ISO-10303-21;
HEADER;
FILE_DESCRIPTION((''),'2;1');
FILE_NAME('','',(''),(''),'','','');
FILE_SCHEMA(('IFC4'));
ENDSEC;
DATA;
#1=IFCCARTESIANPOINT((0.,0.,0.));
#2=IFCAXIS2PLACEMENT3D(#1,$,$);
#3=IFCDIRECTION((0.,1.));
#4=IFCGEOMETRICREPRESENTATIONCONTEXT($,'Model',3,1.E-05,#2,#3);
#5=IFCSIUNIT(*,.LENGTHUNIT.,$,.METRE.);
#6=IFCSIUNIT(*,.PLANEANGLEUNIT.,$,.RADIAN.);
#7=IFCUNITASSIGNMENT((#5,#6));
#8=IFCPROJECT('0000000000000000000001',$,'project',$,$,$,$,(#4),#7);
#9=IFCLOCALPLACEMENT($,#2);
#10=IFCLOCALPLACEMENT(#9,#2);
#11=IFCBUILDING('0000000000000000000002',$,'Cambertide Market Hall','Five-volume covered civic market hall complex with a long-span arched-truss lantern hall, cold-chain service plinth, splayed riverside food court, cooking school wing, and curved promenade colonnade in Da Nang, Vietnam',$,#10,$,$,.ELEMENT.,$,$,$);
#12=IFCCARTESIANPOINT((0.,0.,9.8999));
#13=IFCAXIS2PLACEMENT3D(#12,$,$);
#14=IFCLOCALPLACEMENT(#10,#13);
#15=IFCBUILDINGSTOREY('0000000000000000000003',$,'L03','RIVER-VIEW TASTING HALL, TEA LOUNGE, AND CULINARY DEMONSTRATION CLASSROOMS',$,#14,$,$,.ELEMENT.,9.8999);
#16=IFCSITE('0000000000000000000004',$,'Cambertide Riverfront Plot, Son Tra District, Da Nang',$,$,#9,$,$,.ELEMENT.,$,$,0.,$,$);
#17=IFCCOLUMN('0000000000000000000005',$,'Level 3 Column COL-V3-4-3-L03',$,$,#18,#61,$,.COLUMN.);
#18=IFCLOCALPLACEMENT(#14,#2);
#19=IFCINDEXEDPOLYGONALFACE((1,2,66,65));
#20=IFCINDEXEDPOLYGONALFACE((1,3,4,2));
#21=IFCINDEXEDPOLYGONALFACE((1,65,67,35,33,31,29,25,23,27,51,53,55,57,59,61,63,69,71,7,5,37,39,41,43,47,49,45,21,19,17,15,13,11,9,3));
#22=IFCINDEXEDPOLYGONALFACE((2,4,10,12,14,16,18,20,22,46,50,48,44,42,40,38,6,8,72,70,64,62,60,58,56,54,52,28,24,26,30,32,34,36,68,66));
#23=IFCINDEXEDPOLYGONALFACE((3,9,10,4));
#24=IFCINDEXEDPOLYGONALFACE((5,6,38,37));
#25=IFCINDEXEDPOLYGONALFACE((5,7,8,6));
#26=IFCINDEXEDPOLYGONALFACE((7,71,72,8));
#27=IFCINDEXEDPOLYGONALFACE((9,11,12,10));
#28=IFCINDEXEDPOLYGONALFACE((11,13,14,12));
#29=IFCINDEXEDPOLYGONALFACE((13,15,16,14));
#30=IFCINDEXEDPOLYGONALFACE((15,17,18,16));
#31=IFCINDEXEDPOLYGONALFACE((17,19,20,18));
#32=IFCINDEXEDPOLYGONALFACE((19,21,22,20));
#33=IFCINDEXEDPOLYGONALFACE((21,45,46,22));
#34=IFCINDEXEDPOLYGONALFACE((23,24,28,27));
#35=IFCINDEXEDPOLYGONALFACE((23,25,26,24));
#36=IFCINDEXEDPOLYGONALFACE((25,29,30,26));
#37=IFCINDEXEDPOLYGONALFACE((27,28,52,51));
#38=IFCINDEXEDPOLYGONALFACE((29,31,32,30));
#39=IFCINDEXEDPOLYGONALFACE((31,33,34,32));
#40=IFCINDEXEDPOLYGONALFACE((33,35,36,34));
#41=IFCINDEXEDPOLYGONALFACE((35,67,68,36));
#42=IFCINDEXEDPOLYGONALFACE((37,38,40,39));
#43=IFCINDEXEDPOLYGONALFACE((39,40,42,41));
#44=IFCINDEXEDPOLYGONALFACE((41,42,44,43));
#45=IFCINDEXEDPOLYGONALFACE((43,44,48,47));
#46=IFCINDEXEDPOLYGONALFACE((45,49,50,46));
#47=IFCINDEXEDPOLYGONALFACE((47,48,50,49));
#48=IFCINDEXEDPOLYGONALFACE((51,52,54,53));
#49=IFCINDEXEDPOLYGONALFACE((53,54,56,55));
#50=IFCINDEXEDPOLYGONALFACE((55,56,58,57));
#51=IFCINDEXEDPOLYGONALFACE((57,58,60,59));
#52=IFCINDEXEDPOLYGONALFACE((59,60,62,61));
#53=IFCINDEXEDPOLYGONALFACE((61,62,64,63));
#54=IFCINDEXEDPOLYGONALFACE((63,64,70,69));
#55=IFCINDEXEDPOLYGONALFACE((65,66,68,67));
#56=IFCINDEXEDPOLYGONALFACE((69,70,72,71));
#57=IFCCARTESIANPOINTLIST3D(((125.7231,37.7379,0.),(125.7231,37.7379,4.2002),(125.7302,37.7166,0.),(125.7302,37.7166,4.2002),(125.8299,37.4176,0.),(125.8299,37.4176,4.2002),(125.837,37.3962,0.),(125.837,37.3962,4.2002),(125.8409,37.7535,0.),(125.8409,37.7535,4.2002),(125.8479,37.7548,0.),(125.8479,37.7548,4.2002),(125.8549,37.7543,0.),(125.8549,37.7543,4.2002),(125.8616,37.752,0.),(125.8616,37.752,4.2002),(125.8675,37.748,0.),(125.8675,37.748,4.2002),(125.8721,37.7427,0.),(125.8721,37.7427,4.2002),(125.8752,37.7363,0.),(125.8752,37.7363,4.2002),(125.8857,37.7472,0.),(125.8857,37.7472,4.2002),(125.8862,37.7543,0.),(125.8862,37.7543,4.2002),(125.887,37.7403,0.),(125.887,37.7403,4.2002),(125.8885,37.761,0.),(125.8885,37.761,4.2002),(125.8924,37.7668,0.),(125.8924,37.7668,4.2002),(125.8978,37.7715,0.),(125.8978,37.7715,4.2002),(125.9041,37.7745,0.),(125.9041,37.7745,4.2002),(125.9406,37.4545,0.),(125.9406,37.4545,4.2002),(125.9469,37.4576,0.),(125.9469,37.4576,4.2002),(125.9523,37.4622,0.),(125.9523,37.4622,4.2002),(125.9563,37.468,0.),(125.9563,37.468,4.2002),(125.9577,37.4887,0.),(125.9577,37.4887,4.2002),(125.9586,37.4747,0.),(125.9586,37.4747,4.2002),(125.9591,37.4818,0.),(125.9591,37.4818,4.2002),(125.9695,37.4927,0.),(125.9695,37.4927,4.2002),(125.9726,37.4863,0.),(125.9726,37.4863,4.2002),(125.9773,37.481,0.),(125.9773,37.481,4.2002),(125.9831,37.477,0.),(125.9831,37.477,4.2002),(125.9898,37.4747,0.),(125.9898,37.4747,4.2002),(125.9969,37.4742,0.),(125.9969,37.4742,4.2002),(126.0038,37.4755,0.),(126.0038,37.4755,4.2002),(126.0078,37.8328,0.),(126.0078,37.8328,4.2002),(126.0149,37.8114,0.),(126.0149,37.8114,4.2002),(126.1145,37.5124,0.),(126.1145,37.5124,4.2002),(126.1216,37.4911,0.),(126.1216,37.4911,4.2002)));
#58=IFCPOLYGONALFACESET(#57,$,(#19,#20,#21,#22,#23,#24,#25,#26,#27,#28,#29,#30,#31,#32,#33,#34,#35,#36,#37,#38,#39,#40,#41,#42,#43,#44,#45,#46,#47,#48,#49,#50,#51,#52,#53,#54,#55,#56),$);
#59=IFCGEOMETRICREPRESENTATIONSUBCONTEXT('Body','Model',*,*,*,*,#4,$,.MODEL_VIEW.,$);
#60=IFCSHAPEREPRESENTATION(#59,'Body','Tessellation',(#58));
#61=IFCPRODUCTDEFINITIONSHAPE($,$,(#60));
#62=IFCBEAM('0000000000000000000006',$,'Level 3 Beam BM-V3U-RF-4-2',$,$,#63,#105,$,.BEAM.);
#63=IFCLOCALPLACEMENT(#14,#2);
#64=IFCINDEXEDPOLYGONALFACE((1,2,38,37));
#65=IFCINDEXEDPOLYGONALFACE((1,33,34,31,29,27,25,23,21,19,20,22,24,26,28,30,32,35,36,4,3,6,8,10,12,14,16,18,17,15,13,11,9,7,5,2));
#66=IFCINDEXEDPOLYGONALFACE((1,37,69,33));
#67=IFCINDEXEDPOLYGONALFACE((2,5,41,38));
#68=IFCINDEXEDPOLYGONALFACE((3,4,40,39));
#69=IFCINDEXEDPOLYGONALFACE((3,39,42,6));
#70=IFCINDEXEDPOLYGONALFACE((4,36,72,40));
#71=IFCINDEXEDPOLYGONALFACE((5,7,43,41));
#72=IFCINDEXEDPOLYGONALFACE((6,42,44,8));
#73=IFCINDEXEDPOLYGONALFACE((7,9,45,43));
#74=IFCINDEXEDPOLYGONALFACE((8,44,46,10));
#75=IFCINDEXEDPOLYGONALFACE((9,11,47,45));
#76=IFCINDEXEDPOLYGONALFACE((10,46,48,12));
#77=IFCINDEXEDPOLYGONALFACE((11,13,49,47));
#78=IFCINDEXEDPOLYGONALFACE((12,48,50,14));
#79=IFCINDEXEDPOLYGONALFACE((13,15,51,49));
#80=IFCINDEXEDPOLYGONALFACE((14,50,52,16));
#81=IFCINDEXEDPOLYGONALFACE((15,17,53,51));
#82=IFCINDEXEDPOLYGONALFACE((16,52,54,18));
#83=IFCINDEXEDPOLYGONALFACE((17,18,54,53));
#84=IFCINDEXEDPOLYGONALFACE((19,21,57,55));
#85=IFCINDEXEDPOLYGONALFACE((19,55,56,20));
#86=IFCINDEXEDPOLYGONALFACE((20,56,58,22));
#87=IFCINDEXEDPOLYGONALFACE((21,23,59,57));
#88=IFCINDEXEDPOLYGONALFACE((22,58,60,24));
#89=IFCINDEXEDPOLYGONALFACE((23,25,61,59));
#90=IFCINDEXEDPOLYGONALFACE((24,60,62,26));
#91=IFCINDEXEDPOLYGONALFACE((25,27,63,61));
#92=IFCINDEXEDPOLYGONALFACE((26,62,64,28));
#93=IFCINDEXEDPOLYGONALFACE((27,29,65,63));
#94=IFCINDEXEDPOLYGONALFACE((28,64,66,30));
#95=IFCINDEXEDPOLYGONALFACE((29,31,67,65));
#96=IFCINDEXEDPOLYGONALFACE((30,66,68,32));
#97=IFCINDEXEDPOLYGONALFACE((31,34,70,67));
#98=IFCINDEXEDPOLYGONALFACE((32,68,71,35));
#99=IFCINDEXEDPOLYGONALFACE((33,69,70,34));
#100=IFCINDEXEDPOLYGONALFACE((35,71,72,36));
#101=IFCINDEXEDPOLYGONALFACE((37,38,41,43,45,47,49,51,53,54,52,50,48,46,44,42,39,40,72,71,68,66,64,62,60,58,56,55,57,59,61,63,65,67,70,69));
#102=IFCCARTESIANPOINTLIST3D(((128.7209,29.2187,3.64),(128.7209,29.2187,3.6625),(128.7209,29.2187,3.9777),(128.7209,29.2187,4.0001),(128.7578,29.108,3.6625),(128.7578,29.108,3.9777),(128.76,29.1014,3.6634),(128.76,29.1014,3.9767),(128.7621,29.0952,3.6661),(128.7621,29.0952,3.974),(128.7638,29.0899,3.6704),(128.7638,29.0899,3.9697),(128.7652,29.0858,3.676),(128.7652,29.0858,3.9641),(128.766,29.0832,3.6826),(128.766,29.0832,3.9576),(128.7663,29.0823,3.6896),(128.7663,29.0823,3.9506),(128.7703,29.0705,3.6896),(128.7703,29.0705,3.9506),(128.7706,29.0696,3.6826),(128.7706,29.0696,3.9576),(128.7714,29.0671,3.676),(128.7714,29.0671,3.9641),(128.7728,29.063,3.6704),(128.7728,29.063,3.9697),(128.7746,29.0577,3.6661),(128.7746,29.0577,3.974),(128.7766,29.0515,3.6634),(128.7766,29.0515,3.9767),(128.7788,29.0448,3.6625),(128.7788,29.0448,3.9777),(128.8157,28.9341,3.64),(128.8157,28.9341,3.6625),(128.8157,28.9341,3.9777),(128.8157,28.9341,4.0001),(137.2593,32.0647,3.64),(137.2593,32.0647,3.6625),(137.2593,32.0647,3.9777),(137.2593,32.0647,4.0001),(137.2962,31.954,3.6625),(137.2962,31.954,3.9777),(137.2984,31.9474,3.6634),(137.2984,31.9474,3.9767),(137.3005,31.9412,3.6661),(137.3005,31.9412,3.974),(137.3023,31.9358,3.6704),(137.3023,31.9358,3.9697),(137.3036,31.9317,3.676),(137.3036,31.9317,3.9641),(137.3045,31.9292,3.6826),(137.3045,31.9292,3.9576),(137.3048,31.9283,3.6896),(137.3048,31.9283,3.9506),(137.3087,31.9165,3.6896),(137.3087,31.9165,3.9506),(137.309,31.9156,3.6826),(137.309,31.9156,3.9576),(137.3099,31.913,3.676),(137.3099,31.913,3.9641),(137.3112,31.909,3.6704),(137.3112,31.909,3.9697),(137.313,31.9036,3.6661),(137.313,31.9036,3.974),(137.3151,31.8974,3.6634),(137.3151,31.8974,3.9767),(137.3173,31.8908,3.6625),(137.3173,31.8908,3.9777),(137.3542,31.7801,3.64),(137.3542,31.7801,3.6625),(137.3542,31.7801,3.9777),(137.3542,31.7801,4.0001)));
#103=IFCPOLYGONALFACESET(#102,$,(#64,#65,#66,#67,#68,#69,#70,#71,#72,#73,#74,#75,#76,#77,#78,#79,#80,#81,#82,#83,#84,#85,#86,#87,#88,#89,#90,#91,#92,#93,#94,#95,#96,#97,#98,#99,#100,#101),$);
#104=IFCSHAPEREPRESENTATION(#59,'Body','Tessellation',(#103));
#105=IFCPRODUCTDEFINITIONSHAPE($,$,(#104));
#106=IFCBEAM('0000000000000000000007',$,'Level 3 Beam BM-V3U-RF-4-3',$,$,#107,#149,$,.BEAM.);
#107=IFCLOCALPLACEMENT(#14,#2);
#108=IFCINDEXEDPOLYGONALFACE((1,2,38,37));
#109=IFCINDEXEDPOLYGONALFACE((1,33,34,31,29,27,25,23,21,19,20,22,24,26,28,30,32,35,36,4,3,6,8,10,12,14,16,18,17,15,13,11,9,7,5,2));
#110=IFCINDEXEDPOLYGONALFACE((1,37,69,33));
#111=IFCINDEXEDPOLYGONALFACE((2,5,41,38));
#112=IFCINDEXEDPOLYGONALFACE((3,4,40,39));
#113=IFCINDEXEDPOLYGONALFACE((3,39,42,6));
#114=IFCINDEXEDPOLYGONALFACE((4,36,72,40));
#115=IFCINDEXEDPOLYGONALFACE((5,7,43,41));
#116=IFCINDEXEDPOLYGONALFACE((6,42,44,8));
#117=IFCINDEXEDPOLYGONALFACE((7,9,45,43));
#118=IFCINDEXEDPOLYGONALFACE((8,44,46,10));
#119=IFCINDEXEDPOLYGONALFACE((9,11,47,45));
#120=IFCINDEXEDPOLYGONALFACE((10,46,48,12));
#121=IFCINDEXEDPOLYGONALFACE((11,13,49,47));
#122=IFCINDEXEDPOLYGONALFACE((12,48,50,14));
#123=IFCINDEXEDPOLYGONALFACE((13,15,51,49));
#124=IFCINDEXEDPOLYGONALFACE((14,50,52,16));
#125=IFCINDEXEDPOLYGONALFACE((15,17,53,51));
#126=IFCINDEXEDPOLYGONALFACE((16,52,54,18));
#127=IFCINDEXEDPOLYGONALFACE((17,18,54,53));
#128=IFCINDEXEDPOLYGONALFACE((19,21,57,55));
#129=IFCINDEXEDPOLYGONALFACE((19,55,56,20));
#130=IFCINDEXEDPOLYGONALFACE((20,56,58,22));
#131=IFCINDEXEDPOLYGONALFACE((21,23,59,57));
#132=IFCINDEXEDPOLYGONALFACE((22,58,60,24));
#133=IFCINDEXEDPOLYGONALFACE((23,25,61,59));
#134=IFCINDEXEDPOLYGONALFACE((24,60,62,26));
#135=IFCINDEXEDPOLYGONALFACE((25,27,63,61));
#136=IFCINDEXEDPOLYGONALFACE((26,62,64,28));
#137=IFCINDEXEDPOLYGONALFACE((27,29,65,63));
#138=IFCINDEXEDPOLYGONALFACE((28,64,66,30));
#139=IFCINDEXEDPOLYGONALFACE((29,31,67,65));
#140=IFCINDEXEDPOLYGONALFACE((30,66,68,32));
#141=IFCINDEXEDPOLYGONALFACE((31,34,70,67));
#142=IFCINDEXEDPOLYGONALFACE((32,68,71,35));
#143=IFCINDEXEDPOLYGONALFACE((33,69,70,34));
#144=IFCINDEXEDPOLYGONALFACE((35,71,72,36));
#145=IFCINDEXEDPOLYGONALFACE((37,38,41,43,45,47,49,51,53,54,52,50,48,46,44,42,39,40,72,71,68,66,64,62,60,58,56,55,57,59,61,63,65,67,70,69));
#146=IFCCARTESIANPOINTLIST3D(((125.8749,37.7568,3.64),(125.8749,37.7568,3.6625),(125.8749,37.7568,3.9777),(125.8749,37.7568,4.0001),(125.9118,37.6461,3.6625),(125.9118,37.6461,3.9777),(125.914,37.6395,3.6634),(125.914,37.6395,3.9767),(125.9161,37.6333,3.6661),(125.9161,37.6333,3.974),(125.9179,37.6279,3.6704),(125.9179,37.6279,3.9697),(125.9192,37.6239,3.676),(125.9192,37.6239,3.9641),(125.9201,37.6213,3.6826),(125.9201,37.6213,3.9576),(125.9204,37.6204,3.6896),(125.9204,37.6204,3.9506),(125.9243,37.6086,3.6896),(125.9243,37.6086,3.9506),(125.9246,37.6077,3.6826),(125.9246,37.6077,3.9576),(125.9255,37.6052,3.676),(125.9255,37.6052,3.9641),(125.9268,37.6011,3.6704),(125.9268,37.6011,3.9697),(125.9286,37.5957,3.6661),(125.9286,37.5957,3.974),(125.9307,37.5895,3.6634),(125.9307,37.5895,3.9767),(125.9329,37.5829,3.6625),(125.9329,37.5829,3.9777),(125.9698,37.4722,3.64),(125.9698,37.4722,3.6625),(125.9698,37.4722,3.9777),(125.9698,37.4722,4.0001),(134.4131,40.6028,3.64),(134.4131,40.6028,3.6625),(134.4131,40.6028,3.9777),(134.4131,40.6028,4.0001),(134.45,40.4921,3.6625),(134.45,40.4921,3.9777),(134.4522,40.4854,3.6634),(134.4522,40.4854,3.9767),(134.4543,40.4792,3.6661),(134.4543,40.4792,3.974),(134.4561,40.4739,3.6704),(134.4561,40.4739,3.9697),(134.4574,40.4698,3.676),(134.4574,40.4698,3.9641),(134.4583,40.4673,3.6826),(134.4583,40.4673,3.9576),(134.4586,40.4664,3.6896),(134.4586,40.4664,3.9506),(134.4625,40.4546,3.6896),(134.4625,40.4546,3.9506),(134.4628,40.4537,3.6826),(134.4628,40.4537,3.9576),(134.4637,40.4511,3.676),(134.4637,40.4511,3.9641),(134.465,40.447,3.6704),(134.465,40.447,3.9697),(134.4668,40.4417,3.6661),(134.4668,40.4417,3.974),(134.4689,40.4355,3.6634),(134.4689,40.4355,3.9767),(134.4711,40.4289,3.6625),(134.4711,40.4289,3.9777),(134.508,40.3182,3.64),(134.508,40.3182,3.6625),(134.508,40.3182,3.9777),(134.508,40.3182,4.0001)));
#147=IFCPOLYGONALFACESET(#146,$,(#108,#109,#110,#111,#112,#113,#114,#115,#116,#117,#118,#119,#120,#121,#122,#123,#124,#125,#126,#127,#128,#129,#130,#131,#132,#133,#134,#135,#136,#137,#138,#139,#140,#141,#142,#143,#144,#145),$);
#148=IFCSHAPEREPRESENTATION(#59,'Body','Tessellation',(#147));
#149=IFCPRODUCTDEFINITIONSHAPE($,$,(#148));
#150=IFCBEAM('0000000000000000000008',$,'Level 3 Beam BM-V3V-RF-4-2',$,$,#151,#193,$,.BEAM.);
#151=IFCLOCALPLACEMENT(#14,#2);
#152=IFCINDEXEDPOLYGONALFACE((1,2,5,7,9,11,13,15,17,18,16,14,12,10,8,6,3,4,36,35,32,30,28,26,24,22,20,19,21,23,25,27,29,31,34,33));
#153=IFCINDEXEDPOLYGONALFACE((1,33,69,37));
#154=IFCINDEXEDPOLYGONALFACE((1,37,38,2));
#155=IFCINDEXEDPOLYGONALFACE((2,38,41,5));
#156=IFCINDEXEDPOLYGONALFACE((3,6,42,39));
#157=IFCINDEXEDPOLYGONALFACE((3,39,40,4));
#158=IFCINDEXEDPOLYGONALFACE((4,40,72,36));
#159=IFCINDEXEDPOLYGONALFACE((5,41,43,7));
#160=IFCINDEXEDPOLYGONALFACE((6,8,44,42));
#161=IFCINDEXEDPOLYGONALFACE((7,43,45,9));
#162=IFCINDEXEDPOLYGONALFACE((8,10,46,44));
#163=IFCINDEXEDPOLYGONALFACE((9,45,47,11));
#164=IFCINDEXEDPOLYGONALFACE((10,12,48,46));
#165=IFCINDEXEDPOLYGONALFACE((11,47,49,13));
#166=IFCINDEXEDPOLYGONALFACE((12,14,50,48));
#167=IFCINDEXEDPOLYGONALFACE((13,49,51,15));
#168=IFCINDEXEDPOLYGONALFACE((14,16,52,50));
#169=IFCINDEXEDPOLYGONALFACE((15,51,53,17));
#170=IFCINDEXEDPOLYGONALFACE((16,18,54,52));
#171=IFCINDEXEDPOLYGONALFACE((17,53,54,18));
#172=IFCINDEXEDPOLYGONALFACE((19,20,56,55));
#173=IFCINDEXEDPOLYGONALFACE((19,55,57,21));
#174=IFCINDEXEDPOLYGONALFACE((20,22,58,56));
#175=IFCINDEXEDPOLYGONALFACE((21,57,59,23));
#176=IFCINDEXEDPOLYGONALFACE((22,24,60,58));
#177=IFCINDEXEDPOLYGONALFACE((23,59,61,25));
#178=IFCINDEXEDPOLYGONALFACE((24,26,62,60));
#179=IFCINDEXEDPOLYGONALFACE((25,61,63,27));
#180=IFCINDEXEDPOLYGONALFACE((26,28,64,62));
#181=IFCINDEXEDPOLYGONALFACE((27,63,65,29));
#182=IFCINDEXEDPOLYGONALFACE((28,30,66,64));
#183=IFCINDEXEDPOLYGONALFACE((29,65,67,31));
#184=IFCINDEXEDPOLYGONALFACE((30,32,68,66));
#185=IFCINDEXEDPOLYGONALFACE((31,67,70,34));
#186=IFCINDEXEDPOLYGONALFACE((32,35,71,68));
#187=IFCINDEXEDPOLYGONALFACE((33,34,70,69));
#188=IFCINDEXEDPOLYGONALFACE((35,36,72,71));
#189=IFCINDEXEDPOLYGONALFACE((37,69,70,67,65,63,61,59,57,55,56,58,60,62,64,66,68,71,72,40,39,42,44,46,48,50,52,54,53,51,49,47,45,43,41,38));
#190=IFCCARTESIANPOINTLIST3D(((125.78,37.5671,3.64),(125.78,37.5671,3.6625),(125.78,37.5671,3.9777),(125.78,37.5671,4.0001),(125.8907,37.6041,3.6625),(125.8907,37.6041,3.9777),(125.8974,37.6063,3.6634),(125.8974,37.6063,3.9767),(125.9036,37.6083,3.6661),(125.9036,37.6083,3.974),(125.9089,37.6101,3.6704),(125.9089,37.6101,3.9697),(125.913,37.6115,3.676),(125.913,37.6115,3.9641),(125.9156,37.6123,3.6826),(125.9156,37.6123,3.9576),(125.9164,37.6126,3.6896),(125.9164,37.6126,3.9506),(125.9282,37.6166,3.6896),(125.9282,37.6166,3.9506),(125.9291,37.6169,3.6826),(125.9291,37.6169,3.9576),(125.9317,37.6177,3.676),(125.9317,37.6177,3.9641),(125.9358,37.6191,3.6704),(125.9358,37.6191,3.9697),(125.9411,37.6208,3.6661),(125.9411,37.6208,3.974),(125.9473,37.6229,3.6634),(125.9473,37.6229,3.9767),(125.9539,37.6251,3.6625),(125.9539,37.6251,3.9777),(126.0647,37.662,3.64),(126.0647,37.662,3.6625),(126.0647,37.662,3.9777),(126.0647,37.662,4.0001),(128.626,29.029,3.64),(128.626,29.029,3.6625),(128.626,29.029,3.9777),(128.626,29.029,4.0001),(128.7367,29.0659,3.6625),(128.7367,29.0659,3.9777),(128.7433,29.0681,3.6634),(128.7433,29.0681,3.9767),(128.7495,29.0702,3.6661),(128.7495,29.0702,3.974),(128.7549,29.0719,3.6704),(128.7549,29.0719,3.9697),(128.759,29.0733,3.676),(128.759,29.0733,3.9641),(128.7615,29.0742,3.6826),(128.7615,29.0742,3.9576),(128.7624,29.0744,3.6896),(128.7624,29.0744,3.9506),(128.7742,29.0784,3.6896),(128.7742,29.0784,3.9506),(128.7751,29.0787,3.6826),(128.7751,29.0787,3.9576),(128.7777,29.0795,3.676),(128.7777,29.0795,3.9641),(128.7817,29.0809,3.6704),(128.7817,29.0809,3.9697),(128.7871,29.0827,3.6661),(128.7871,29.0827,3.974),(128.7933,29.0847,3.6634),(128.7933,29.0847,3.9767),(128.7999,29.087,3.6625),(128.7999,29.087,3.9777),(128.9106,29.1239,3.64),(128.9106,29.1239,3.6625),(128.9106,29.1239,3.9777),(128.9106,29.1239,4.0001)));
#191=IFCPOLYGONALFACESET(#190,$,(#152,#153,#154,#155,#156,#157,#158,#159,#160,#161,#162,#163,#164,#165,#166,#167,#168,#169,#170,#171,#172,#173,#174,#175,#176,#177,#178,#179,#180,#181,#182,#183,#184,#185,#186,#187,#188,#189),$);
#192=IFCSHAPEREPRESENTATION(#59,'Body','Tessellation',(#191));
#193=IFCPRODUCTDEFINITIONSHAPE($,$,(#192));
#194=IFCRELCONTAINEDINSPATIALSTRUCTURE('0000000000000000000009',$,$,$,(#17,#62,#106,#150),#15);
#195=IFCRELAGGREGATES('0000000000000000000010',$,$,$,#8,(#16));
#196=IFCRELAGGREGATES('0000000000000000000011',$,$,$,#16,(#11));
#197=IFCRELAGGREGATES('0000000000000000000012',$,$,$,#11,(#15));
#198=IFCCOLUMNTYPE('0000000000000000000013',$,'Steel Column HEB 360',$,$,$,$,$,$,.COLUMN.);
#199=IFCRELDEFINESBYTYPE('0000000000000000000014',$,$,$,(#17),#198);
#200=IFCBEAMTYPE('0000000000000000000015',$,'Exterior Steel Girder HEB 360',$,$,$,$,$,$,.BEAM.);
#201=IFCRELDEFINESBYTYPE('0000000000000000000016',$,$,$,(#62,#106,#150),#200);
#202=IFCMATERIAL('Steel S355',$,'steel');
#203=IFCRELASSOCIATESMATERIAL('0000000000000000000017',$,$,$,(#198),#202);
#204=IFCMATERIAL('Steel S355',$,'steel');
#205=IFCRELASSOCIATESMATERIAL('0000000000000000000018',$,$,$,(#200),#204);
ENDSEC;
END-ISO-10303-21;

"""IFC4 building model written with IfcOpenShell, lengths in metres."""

from ifc_helpers import new_model, si_unit, direction, frame, origin, origin_2d, place, context, subcontext, project, spatial, i_section, extrude, material, material_profile, profile_set, type_object, element, save


model = new_model("IFC4")

# Units and contexts
model_context = context("Model", 3, precision=1e-05, world=origin(), true_north=direction((0.0, 1.0)))
body_context = subcontext(model_context, "Body", "Model", "MODEL_VIEW")
ifc_project = project(units=[si_unit("LENGTHUNIT", "METRE"), si_unit("PLANEANGLEUNIT", "RADIAN")], contexts=[model_context])

# Site, building, storey
site_placement = place(None, origin())
site = spatial("IfcSite", under=ifc_project, at=site_placement, Name="Cambertide Riverfront Plot, Son Tra District, Da Nang", CompositionType="ELEMENT", RefElevation=0.0)
building_placement = place(site_placement, origin())
building = spatial("IfcBuilding", under=site, at=building_placement, Name="Cambertide Market Hall", Description="Five-volume covered civic market hall complex with a long-span arched-truss lantern hall, cold-chain service plinth, splayed riverside food court, cooking school wing, and curved promenade colonnade in Da Nang, Vietnam", CompositionType="ELEMENT")
storey_placement = place(building_placement, frame((0.0, 0.0, 9.8999)))
storey = spatial("IfcBuildingStorey", under=building, at=storey_placement, Name="L03", Description="RIVER-VIEW TASTING HALL, TEA LOUNGE, AND CULINARY DEMONSTRATION CLASSROOMS", CompositionType="ELEMENT", Elevation=9.8999)

# Column
ifc_material_1 = material(Name="Steel S355", Category="steel")
ifc_material_profile_1 = material_profile(ifc_material_1, i_section(OverallWidth=0.3, OverallDepth=0.3601, WebThickness=0.0125, FlangeThickness=0.0225, FilletRadius=0.0271, at=origin_2d()), Name="HEB 360")
ifc_profile_set_1 = profile_set([ifc_material_profile_1], Name="Steel S355")
column_type = type_object("IfcColumnType", Name="Steel Column HEB 360", PredefinedType="COLUMN", material=ifc_profile_set_1)
column_placement = place(storey_placement, frame((125.9224, 37.6145, 0.0), z_axis=(0.0, 0.0, 1.0), x_axis=(0.948683, 0.316228, 0.0)))
element("IfcColumn", 1, at=column_placement, inside=storey, type_object=column_type, Name="Level 3 Column COL-V3-4-3-L03", PredefinedType="COLUMN", context=body_context, shape_type="SweptSolid", body=[
    extrude(i_section(OverallWidth=0.3, OverallDepth=0.3601, WebThickness=0.0125, FlangeThickness=0.0225, FilletRadius=0.0271, at=origin_2d()), origin(), (0.0, 0.0, 1.0), 4.2002),
])

# Beams
ifc_material_2 = material(Name="Steel S355", Category="steel")
ifc_material_profile_2 = material_profile(ifc_material_2, i_section(OverallWidth=0.3, OverallDepth=0.3601, WebThickness=0.0125, FlangeThickness=0.0225, FilletRadius=0.0271, at=origin_2d()), Name="HEB 360")
ifc_profile_set_2 = profile_set([ifc_material_profile_2], Name="Steel S355")
beam_type_1 = type_object("IfcBeamType", Name="Exterior Steel Girder HEB 360", PredefinedType="BEAM", material=ifc_profile_set_2)
beam_1_placement = place(storey_placement, frame((128.7683, 29.0764, 3.8201), z_axis=(0.948689, 0.316211, 0.0), x_axis=(-0.316211, 0.948689, 0.0)))
element("IfcBeam", 2, at=beam_1_placement, inside=storey, type_object=beam_type_1, Name="Level 3 Beam BM-V3U-RF-4-2", PredefinedType="BEAM", context=body_context, shape_type="SweptSolid", body=[
    extrude(i_section(OverallWidth=0.3, OverallDepth=0.3601, WebThickness=0.0125, FlangeThickness=0.0225, FilletRadius=0.0271, at=origin_2d()), origin(), (0.0, 0.0, 1.0), 9.0002),
])
for number, where, z_axis, x_axis, name in (
    (3, (125.9224, 37.6145, 3.8201), (0.948686, 0.31622, 0.0), (-0.31622, 0.948686, 0.0), "Level 3 Beam BM-V3U-RF-4-3"),
    (4, (128.7683, 29.0764, 3.8201), (-0.31622, 0.948686, 0.0), (-0.948686, -0.31622, 0.0), "Level 3 Beam BM-V3V-RF-4-2"),
):
    element("IfcBeam", number, at=place(storey_placement, frame(where, z_axis=z_axis, x_axis=x_axis)), inside=storey, type_object=beam_type_1, Name=name, PredefinedType="BEAM", context=body_context, shape_type="SweptSolid", body=[
        extrude(i_section(OverallWidth=0.3, OverallDepth=0.3601, WebThickness=0.0125, FlangeThickness=0.0225, FilletRadius=0.0271, at=origin_2d()), origin(), (0.0, 0.0, 1.0), 9.0),
    ])

save(model, "model.ifc")
